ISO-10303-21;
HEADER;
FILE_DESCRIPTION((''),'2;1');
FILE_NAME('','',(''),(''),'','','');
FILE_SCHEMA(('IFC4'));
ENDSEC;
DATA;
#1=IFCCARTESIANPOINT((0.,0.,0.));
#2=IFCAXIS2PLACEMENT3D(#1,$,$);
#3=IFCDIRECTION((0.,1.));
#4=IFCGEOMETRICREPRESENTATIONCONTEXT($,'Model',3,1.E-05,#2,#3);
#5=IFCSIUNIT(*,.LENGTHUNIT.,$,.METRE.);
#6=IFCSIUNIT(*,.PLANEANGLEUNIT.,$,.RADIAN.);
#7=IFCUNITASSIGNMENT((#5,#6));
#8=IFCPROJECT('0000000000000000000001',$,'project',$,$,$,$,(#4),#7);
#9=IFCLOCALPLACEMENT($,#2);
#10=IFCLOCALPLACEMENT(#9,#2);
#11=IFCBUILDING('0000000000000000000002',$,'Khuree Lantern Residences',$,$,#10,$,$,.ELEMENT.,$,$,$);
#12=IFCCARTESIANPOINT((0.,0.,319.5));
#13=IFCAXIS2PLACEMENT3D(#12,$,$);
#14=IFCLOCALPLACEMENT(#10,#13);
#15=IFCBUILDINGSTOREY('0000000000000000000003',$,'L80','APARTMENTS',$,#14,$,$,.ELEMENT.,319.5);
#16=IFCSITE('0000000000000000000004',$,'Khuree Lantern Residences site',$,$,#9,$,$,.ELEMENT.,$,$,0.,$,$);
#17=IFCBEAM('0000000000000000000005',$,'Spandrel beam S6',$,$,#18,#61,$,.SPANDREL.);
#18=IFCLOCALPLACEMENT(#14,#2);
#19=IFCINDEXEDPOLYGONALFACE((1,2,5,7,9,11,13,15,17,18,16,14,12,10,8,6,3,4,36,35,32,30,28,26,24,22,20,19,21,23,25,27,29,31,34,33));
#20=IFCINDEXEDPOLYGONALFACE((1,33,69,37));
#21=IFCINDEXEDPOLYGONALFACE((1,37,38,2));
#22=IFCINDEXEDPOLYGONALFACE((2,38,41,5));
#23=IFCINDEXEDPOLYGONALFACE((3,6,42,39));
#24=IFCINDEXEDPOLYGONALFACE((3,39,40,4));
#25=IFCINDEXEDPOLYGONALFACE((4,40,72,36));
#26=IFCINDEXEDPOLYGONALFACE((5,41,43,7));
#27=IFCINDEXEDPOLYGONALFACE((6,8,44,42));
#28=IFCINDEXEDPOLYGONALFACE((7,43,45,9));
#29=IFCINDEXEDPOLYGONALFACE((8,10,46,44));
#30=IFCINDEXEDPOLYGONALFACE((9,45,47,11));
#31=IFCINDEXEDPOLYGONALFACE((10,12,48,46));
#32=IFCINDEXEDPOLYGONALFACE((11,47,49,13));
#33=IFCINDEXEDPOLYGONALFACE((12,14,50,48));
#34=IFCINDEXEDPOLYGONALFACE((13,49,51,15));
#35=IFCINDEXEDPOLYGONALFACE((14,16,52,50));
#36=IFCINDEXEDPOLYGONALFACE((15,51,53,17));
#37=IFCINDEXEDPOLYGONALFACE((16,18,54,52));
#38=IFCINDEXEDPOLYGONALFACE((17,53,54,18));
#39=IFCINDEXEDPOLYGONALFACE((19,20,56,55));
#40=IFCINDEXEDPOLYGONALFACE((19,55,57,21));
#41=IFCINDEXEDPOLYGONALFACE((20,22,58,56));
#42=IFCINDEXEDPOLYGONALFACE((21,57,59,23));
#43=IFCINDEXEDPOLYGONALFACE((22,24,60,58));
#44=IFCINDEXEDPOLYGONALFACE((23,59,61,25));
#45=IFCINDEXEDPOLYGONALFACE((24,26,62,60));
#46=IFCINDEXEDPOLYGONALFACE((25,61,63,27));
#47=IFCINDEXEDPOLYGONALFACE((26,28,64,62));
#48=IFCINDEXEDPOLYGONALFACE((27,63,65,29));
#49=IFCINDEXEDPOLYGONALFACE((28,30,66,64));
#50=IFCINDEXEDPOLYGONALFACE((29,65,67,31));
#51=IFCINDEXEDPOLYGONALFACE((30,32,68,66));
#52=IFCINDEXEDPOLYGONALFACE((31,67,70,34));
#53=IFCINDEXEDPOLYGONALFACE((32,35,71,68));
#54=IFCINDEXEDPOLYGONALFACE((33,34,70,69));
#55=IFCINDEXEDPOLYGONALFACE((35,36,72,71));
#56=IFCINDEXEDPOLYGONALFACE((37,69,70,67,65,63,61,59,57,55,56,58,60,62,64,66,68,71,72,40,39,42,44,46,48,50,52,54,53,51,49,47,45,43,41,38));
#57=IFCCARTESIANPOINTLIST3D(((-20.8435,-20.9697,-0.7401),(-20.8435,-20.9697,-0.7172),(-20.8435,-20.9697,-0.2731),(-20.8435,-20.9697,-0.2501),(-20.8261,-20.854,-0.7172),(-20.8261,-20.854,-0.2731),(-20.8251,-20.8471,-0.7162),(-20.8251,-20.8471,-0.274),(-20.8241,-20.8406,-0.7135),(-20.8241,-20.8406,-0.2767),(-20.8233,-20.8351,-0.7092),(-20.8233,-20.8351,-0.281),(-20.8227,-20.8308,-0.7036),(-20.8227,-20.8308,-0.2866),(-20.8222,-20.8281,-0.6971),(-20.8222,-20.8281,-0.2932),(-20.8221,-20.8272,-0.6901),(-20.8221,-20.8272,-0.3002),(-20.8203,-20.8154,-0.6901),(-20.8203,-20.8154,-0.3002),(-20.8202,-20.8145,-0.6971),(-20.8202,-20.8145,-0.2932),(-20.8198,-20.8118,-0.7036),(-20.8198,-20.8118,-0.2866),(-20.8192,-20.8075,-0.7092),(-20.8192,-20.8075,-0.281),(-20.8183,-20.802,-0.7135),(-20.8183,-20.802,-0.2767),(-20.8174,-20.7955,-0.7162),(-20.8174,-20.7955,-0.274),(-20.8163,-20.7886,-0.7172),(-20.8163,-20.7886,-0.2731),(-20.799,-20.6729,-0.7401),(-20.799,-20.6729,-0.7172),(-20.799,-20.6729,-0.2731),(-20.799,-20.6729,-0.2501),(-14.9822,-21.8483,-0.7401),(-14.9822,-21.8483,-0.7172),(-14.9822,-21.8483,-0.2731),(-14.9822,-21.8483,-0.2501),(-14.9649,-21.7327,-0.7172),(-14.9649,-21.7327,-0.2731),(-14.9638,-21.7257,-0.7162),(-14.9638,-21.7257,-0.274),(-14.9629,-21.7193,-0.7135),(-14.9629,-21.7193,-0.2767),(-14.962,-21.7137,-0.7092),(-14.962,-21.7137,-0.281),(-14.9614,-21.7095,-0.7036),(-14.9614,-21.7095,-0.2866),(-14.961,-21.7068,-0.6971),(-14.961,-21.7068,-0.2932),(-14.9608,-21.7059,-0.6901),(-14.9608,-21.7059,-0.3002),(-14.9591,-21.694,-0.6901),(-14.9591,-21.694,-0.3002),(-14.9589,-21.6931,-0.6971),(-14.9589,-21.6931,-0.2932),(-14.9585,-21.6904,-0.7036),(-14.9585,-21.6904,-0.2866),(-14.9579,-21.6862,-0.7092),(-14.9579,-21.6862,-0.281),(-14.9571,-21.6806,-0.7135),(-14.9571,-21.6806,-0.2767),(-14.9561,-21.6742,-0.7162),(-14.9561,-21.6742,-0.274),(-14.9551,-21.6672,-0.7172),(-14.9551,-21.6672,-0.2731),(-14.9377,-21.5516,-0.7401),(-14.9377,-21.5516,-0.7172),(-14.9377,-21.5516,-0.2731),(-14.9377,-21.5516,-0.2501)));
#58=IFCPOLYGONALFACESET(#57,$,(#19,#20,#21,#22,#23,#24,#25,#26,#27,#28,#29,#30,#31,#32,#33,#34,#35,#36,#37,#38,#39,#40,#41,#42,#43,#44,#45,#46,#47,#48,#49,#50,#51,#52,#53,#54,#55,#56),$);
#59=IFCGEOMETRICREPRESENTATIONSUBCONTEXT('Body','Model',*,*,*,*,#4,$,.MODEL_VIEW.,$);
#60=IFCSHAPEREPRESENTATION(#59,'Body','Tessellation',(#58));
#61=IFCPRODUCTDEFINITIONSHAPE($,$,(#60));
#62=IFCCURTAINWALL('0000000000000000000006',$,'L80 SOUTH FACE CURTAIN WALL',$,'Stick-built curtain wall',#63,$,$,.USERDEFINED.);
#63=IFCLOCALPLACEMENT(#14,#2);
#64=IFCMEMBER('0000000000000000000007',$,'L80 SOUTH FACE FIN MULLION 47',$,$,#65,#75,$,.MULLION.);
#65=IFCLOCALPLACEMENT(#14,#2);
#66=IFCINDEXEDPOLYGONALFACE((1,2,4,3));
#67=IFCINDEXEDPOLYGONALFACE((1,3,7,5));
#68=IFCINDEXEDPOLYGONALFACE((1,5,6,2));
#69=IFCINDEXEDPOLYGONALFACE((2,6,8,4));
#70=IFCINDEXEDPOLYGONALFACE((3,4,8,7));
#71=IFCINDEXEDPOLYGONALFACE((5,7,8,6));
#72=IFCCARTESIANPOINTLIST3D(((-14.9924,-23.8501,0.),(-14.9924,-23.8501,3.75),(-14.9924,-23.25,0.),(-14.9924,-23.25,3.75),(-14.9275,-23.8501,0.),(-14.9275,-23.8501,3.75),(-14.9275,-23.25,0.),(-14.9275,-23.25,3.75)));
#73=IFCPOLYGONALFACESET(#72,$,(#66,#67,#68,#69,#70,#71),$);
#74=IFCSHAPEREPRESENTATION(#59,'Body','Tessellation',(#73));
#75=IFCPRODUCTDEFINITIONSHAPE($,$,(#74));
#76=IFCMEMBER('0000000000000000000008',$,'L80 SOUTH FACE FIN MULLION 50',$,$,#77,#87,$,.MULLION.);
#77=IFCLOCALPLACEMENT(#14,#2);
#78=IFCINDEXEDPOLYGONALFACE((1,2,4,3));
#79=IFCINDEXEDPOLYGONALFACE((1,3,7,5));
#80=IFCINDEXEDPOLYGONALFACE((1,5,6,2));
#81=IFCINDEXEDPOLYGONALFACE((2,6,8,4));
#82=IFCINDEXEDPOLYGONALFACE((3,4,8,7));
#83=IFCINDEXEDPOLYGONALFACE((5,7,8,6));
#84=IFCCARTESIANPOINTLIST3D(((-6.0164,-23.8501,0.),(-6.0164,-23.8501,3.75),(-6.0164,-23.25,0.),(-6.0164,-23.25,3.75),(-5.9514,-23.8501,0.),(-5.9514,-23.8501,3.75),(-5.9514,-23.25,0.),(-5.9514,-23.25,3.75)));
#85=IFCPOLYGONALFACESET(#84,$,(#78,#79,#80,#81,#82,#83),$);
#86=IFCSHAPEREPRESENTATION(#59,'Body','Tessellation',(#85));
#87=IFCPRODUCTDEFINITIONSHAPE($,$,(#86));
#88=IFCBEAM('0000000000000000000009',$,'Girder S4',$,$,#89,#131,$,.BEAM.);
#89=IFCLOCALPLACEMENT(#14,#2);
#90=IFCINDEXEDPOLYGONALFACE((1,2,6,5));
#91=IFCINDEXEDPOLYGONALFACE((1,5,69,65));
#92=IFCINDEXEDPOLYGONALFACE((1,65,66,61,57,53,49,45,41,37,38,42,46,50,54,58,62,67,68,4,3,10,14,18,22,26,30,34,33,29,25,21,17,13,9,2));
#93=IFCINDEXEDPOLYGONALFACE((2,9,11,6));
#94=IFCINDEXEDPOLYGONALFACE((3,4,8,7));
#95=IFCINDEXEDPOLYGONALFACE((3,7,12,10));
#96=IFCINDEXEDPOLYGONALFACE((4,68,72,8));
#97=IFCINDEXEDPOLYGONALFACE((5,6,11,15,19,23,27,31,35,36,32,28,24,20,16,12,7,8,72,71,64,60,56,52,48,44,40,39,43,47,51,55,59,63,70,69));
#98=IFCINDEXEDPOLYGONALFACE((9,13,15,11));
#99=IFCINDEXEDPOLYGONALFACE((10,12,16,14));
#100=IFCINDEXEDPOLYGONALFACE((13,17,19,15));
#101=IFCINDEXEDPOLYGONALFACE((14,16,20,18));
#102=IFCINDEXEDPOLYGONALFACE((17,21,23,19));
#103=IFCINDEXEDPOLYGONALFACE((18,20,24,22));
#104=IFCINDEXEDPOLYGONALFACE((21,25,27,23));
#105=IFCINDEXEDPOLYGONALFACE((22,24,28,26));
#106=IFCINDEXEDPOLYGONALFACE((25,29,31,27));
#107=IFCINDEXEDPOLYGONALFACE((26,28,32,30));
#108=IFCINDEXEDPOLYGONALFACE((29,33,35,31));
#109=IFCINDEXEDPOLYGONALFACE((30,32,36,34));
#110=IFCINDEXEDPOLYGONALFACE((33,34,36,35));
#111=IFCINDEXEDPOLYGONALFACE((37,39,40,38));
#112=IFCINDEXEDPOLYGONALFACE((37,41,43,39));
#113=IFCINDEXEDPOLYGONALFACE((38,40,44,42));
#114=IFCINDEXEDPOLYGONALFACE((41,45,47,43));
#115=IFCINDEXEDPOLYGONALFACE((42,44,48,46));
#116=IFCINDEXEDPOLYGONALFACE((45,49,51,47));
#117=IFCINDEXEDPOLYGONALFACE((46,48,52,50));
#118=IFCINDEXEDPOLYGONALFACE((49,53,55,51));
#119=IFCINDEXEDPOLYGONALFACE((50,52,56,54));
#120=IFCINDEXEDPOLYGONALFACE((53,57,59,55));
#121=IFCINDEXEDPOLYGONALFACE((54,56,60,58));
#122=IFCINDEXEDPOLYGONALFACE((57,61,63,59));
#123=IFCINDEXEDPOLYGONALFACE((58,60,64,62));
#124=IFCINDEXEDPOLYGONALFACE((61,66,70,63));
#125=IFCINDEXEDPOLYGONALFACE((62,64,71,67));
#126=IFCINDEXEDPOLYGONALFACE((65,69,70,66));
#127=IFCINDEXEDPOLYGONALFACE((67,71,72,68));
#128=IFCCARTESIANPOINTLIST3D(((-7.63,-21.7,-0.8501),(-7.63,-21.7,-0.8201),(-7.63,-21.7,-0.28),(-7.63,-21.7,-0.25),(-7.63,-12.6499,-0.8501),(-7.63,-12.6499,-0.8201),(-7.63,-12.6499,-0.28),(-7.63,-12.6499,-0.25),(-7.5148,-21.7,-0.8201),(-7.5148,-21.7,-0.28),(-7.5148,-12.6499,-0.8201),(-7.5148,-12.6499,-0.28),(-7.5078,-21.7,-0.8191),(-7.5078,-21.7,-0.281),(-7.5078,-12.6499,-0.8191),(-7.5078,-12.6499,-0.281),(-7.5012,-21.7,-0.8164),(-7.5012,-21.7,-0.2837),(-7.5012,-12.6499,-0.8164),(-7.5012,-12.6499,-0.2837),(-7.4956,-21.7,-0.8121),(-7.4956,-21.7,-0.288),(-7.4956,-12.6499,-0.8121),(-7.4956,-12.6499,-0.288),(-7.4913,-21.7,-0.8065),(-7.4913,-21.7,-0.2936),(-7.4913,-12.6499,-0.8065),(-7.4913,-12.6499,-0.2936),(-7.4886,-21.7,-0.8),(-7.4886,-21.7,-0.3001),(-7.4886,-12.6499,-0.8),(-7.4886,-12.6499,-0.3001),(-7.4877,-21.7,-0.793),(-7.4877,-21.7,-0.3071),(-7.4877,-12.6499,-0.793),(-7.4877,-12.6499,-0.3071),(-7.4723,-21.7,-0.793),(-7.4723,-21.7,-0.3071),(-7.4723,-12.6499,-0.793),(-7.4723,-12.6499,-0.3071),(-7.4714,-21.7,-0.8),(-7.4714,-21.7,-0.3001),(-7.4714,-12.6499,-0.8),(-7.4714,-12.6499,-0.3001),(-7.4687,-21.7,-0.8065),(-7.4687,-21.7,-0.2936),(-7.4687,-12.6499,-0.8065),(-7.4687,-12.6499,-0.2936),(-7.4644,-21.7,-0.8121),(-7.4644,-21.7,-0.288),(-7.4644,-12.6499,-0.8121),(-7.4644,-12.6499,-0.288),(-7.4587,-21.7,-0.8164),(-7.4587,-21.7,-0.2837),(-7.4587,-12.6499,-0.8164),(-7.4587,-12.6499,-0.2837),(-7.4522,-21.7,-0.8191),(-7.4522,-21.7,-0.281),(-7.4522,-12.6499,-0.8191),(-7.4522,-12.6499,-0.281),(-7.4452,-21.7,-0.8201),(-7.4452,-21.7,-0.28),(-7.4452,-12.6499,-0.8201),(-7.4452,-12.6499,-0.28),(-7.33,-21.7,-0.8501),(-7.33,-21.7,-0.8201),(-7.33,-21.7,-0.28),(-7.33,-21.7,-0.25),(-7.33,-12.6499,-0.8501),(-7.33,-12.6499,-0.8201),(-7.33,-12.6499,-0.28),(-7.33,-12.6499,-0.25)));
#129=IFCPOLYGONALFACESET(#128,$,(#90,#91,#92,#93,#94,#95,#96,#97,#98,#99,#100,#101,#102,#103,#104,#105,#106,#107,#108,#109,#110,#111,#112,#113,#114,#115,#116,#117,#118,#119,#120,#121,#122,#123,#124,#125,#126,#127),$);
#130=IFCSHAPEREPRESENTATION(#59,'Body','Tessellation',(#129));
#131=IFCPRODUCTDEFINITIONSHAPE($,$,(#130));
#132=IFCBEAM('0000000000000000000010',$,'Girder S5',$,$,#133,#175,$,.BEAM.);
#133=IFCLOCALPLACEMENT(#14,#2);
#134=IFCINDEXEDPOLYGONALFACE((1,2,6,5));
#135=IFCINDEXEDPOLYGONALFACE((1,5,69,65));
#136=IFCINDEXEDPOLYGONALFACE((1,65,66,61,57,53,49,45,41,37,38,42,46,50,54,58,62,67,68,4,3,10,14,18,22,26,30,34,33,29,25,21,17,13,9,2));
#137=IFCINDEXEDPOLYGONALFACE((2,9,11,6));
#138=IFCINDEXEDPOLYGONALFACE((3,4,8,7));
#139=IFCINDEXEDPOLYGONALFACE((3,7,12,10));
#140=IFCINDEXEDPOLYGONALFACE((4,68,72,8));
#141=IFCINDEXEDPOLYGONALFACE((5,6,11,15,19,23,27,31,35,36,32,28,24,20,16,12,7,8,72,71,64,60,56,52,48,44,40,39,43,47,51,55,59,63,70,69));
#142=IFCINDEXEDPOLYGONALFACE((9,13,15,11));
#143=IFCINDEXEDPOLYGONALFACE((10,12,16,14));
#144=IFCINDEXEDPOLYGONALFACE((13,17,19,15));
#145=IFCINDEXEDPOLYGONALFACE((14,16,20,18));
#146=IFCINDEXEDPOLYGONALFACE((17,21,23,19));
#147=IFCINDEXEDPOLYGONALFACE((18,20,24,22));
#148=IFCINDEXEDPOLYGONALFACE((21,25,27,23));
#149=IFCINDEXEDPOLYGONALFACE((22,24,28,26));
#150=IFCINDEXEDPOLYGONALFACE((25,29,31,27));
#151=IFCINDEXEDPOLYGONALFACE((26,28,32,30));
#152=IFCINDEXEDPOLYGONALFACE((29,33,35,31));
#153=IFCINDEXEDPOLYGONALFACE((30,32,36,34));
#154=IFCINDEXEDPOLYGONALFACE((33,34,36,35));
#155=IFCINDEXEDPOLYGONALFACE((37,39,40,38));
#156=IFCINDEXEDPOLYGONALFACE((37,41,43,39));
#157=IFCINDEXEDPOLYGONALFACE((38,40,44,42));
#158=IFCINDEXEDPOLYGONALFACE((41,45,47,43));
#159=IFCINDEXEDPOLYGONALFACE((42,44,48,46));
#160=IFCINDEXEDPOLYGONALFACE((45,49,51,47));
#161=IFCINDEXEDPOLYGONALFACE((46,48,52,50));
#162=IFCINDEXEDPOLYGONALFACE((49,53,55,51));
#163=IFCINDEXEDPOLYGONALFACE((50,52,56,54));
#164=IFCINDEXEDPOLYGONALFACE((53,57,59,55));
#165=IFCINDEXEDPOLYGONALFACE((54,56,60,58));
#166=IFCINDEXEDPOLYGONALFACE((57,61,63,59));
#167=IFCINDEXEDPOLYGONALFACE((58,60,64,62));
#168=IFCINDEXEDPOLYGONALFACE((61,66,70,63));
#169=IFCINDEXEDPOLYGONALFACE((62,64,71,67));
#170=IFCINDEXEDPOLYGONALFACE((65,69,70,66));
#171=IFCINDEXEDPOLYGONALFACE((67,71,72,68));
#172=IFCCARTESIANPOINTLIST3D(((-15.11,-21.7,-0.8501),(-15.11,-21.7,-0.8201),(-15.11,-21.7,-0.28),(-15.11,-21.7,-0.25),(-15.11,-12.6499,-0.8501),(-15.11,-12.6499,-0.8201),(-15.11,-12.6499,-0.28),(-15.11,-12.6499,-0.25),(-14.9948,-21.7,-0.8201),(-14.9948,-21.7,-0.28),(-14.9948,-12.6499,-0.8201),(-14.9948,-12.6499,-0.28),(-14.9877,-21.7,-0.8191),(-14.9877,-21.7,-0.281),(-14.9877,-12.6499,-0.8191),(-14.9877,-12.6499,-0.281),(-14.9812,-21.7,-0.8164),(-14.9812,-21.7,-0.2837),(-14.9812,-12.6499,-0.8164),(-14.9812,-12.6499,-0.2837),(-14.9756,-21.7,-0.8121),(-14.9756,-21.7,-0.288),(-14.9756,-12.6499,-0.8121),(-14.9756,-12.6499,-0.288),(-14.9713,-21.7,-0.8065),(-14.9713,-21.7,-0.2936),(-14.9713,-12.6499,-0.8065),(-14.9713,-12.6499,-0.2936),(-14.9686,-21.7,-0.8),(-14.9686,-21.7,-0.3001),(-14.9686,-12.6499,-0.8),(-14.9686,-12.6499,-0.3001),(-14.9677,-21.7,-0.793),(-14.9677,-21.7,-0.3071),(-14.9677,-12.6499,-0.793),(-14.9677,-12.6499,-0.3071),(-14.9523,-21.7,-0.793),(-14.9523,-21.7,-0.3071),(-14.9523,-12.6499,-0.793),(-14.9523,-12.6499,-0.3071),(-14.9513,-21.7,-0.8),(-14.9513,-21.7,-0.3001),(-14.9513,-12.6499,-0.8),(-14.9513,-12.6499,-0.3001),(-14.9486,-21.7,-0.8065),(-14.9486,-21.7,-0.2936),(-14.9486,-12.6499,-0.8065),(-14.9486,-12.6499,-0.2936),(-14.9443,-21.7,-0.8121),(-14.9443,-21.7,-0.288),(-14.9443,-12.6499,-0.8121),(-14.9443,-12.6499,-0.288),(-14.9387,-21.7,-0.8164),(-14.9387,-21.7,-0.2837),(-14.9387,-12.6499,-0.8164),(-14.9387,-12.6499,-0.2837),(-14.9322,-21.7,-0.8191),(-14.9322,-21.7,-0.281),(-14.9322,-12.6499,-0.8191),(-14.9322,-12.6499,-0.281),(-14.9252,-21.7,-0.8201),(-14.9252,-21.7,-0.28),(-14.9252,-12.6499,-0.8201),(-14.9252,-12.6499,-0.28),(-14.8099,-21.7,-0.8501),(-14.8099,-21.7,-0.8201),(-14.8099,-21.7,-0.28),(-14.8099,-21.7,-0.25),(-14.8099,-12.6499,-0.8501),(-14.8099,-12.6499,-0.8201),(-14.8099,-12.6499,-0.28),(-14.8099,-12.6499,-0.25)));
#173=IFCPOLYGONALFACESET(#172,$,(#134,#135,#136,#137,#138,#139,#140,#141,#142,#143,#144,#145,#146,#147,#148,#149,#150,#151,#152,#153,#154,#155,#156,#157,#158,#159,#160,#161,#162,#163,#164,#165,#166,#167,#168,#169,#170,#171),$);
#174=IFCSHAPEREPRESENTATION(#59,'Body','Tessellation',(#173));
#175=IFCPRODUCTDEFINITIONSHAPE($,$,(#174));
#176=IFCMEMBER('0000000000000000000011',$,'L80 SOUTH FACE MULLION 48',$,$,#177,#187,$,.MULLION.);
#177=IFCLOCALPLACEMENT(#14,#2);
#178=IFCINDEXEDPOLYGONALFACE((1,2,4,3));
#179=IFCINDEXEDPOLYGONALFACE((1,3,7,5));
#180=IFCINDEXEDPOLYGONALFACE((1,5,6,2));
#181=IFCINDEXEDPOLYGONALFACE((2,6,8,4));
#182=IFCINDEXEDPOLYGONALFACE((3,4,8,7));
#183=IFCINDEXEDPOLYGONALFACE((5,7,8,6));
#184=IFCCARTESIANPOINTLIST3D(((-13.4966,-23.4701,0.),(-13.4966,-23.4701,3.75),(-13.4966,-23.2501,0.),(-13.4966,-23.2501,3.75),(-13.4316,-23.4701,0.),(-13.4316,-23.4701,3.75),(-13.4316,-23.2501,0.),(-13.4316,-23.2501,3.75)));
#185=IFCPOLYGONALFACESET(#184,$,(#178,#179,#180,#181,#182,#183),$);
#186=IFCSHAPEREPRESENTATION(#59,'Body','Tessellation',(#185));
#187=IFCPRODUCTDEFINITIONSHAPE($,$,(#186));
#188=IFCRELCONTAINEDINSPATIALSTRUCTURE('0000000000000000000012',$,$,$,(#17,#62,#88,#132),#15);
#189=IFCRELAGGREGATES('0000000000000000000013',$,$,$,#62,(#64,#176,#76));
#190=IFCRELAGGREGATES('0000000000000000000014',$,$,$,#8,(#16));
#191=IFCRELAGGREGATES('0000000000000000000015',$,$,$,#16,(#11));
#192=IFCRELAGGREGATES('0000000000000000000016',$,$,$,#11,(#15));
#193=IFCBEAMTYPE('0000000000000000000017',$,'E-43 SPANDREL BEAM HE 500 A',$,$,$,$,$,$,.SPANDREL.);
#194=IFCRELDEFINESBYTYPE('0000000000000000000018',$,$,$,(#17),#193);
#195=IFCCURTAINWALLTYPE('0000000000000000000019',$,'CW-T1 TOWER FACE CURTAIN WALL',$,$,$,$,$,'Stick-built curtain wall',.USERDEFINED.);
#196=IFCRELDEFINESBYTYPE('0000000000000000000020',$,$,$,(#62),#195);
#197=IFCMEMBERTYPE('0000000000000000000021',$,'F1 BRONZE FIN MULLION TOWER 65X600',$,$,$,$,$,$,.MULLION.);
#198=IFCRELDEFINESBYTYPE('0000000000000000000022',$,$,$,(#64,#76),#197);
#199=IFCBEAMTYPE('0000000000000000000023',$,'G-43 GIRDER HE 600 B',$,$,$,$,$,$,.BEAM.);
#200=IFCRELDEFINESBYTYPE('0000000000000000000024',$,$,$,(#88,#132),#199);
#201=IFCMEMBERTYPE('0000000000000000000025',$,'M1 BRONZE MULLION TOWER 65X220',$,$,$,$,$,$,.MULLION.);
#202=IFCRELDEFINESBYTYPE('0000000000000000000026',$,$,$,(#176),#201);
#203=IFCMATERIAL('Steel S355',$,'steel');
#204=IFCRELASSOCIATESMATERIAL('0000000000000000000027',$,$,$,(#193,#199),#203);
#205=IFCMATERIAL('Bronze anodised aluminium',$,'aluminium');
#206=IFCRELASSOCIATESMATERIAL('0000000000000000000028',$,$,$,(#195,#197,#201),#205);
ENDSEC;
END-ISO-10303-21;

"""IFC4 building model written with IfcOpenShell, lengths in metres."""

from ifc_helpers import new_model, si_unit, direction, frame, origin, origin_2d, place, context, subcontext, project, spatial, rectangle, i_section, extrude, material, material_profile, profile_set, type_object, element, aggregate, save


model = new_model("IFC4")

# Units and contexts
model_context = context("Model", 3, precision=1e-05, world=origin(), true_north=direction((0.0, 1.0)))
body_context = subcontext(model_context, "Body", "Model", "MODEL_VIEW")
ifc_project = project(units=[si_unit("LENGTHUNIT", "METRE"), si_unit("PLANEANGLEUNIT", "RADIAN")], contexts=[model_context])

# Site, building, storey
site_placement = place(None, origin())
site = spatial("IfcSite", under=ifc_project, at=site_placement, Name="Khuree Lantern Residences site", CompositionType="ELEMENT", RefElevation=0.0)
building_placement = place(site_placement, origin())
building = spatial("IfcBuilding", under=site, at=building_placement, Name="Khuree Lantern Residences", CompositionType="ELEMENT")
storey_placement = place(building_placement, frame((0.0, 0.0, 319.5)))
storey = spatial("IfcBuildingStorey", under=building, at=storey_placement, Name="L80", Description="APARTMENTS", CompositionType="ELEMENT", Elevation=319.5)

# Beam
ifc_material_1 = material(Name="Steel S355", Category="steel")
ifc_material_profile_1 = material_profile(ifc_material_1, i_section(OverallWidth=0.3, OverallDepth=0.49, WebThickness=0.012, FlangeThickness=0.0229, FilletRadius=0.0271, at=origin_2d()), Name="HE 500 A")
ifc_profile_set_1 = profile_set([ifc_material_profile_1], Name="Steel S355")
beam_type_1 = type_object("IfcBeamType", Name="E-43 SPANDREL BEAM HE 500 A", PredefinedType="SPANDREL", material=ifc_profile_set_1)
beam_1_placement = place(storey_placement, frame((-14.96, -21.7, -0.4951), z_axis=(-0.98895, 0.148252, 0.0), x_axis=(-0.148252, -0.98895, 0.0)))
element("IfcBeam", 1, at=beam_1_placement, inside=storey, type_object=beam_type_1, Name="Spandrel beam S6", PredefinedType="SPANDREL", context=body_context, shape_type="SweptSolid", body=[
    extrude(i_section(OverallWidth=0.3, OverallDepth=0.49, WebThickness=0.012, FlangeThickness=0.0229, FilletRadius=0.0271, at=origin_2d()), origin(), (0.0, 0.0, 1.0), 5.9268),
])

# Curtain wall, members
ifc_material_2 = material(Name="Bronze anodised aluminium", Category="aluminium")
curtain_wall_type = type_object("IfcCurtainWallType", Name="CW-T1 TOWER FACE CURTAIN WALL", ElementType="Stick-built curtain wall", PredefinedType="USERDEFINED", material=ifc_material_2)
curtain_wall_placement = place(storey_placement, origin())
curtain_wall = element("IfcCurtainWall", 2, at=curtain_wall_placement, inside=storey, type_object=curtain_wall_type, Name="L80 SOUTH FACE CURTAIN WALL", ObjectType="Stick-built curtain wall", PredefinedType="USERDEFINED")
ifc_material_profile_2 = material_profile(ifc_material_2, rectangle(XDim=0.0649, YDim=0.6001, at=origin_2d()), Name="F1 65X600")
ifc_profile_set_2 = profile_set([ifc_material_profile_2], Name="Bronze anodised aluminium")
member_type_1 = type_object("IfcMemberType", Name="F1 BRONZE FIN MULLION TOWER 65X600", PredefinedType="MULLION", material=ifc_profile_set_2)
member_1_placement = place(storey_placement, frame((-14.96, -23.55, 0.0), z_axis=(0.0, 0.0, 1.0), x_axis=(1.0, 0.0, 0.0)))
member_1 = element("IfcMember", 3, at=member_1_placement, type_object=member_type_1, Name="L80 SOUTH FACE FIN MULLION 47", PredefinedType="MULLION", context=body_context, shape_type="SweptSolid", body=[
    extrude(rectangle(XDim=0.0649, YDim=0.6001, at=origin_2d()), origin(), (0.0, 0.0, 1.0), 3.75),
])
member_2_placement = place(storey_placement, frame((-5.9839, -23.55, 0.0), z_axis=(0.0, 0.0, 1.0), x_axis=(1.0, 0.0, 0.0)))
member_2 = element("IfcMember", 4, at=member_2_placement, type_object=member_type_1, Name="L80 SOUTH FACE FIN MULLION 50", PredefinedType="MULLION", context=body_context, shape_type="SweptSolid", body=[
    extrude(rectangle(XDim=0.0649, YDim=0.6001, at=origin_2d()), origin(), (0.0, 0.0, 1.0), 3.75),
])

# Beams
ifc_material_profile_3 = material_profile(ifc_material_1, i_section(OverallWidth=0.3, OverallDepth=0.6001, WebThickness=0.0154, FlangeThickness=0.03, FilletRadius=0.0271, at=origin_2d()), Name="HE 600 B")
ifc_profile_set_3 = profile_set([ifc_material_profile_3], Name="Steel S355")
beam_type_2 = type_object("IfcBeamType", Name="G-43 GIRDER HE 600 B", PredefinedType="BEAM", material=ifc_profile_set_3)
for number, where, z_axis, x_axis, name in (
    (5, (-7.48, -21.7, -0.55), (0.0, 1.0, 0.0), (-1.0, 0.0, 0.0), "Girder S4"),
    (6, (-14.96, -21.7, -0.55), (0.0, 1.0, 0.0), (-1.0, 0.0, 0.0), "Girder S5"),
):
    element("IfcBeam", number, at=place(storey_placement, frame(where, z_axis=z_axis, x_axis=x_axis)), inside=storey, type_object=beam_type_2, Name=name, PredefinedType="BEAM", context=body_context, shape_type="SweptSolid", body=[
        extrude(i_section(OverallWidth=0.3, OverallDepth=0.6001, WebThickness=0.0154, FlangeThickness=0.03, FilletRadius=0.0271, at=origin_2d()), origin(), (0.0, 0.0, 1.0), 9.05),
    ])

# Member
ifc_material_profile_4 = material_profile(ifc_material_2, rectangle(XDim=0.0649, YDim=0.22, at=origin_2d()), Name="M1 65X220")
ifc_profile_set_4 = profile_set([ifc_material_profile_4], Name="Bronze anodised aluminium")
member_type_2 = type_object("IfcMemberType", Name="M1 BRONZE MULLION TOWER 65X220", PredefinedType="MULLION", material=ifc_profile_set_4)
member_3_placement = place(storey_placement, frame((-13.4641, -23.3601, 0.0), z_axis=(0.0, 0.0, 1.0), x_axis=(1.0, 0.0, 0.0)))
member_3 = element("IfcMember", 7, at=member_3_placement, type_object=member_type_2, Name="L80 SOUTH FACE MULLION 48", PredefinedType="MULLION", context=body_context, shape_type="SweptSolid", body=[
    extrude(rectangle(XDim=0.0649, YDim=0.22, at=origin_2d()), origin(), (0.0, 0.0, 1.0), 3.75),
])

aggregate(curtain_wall, [member_1, member_3, member_2])

save(model, "model.ifc")
